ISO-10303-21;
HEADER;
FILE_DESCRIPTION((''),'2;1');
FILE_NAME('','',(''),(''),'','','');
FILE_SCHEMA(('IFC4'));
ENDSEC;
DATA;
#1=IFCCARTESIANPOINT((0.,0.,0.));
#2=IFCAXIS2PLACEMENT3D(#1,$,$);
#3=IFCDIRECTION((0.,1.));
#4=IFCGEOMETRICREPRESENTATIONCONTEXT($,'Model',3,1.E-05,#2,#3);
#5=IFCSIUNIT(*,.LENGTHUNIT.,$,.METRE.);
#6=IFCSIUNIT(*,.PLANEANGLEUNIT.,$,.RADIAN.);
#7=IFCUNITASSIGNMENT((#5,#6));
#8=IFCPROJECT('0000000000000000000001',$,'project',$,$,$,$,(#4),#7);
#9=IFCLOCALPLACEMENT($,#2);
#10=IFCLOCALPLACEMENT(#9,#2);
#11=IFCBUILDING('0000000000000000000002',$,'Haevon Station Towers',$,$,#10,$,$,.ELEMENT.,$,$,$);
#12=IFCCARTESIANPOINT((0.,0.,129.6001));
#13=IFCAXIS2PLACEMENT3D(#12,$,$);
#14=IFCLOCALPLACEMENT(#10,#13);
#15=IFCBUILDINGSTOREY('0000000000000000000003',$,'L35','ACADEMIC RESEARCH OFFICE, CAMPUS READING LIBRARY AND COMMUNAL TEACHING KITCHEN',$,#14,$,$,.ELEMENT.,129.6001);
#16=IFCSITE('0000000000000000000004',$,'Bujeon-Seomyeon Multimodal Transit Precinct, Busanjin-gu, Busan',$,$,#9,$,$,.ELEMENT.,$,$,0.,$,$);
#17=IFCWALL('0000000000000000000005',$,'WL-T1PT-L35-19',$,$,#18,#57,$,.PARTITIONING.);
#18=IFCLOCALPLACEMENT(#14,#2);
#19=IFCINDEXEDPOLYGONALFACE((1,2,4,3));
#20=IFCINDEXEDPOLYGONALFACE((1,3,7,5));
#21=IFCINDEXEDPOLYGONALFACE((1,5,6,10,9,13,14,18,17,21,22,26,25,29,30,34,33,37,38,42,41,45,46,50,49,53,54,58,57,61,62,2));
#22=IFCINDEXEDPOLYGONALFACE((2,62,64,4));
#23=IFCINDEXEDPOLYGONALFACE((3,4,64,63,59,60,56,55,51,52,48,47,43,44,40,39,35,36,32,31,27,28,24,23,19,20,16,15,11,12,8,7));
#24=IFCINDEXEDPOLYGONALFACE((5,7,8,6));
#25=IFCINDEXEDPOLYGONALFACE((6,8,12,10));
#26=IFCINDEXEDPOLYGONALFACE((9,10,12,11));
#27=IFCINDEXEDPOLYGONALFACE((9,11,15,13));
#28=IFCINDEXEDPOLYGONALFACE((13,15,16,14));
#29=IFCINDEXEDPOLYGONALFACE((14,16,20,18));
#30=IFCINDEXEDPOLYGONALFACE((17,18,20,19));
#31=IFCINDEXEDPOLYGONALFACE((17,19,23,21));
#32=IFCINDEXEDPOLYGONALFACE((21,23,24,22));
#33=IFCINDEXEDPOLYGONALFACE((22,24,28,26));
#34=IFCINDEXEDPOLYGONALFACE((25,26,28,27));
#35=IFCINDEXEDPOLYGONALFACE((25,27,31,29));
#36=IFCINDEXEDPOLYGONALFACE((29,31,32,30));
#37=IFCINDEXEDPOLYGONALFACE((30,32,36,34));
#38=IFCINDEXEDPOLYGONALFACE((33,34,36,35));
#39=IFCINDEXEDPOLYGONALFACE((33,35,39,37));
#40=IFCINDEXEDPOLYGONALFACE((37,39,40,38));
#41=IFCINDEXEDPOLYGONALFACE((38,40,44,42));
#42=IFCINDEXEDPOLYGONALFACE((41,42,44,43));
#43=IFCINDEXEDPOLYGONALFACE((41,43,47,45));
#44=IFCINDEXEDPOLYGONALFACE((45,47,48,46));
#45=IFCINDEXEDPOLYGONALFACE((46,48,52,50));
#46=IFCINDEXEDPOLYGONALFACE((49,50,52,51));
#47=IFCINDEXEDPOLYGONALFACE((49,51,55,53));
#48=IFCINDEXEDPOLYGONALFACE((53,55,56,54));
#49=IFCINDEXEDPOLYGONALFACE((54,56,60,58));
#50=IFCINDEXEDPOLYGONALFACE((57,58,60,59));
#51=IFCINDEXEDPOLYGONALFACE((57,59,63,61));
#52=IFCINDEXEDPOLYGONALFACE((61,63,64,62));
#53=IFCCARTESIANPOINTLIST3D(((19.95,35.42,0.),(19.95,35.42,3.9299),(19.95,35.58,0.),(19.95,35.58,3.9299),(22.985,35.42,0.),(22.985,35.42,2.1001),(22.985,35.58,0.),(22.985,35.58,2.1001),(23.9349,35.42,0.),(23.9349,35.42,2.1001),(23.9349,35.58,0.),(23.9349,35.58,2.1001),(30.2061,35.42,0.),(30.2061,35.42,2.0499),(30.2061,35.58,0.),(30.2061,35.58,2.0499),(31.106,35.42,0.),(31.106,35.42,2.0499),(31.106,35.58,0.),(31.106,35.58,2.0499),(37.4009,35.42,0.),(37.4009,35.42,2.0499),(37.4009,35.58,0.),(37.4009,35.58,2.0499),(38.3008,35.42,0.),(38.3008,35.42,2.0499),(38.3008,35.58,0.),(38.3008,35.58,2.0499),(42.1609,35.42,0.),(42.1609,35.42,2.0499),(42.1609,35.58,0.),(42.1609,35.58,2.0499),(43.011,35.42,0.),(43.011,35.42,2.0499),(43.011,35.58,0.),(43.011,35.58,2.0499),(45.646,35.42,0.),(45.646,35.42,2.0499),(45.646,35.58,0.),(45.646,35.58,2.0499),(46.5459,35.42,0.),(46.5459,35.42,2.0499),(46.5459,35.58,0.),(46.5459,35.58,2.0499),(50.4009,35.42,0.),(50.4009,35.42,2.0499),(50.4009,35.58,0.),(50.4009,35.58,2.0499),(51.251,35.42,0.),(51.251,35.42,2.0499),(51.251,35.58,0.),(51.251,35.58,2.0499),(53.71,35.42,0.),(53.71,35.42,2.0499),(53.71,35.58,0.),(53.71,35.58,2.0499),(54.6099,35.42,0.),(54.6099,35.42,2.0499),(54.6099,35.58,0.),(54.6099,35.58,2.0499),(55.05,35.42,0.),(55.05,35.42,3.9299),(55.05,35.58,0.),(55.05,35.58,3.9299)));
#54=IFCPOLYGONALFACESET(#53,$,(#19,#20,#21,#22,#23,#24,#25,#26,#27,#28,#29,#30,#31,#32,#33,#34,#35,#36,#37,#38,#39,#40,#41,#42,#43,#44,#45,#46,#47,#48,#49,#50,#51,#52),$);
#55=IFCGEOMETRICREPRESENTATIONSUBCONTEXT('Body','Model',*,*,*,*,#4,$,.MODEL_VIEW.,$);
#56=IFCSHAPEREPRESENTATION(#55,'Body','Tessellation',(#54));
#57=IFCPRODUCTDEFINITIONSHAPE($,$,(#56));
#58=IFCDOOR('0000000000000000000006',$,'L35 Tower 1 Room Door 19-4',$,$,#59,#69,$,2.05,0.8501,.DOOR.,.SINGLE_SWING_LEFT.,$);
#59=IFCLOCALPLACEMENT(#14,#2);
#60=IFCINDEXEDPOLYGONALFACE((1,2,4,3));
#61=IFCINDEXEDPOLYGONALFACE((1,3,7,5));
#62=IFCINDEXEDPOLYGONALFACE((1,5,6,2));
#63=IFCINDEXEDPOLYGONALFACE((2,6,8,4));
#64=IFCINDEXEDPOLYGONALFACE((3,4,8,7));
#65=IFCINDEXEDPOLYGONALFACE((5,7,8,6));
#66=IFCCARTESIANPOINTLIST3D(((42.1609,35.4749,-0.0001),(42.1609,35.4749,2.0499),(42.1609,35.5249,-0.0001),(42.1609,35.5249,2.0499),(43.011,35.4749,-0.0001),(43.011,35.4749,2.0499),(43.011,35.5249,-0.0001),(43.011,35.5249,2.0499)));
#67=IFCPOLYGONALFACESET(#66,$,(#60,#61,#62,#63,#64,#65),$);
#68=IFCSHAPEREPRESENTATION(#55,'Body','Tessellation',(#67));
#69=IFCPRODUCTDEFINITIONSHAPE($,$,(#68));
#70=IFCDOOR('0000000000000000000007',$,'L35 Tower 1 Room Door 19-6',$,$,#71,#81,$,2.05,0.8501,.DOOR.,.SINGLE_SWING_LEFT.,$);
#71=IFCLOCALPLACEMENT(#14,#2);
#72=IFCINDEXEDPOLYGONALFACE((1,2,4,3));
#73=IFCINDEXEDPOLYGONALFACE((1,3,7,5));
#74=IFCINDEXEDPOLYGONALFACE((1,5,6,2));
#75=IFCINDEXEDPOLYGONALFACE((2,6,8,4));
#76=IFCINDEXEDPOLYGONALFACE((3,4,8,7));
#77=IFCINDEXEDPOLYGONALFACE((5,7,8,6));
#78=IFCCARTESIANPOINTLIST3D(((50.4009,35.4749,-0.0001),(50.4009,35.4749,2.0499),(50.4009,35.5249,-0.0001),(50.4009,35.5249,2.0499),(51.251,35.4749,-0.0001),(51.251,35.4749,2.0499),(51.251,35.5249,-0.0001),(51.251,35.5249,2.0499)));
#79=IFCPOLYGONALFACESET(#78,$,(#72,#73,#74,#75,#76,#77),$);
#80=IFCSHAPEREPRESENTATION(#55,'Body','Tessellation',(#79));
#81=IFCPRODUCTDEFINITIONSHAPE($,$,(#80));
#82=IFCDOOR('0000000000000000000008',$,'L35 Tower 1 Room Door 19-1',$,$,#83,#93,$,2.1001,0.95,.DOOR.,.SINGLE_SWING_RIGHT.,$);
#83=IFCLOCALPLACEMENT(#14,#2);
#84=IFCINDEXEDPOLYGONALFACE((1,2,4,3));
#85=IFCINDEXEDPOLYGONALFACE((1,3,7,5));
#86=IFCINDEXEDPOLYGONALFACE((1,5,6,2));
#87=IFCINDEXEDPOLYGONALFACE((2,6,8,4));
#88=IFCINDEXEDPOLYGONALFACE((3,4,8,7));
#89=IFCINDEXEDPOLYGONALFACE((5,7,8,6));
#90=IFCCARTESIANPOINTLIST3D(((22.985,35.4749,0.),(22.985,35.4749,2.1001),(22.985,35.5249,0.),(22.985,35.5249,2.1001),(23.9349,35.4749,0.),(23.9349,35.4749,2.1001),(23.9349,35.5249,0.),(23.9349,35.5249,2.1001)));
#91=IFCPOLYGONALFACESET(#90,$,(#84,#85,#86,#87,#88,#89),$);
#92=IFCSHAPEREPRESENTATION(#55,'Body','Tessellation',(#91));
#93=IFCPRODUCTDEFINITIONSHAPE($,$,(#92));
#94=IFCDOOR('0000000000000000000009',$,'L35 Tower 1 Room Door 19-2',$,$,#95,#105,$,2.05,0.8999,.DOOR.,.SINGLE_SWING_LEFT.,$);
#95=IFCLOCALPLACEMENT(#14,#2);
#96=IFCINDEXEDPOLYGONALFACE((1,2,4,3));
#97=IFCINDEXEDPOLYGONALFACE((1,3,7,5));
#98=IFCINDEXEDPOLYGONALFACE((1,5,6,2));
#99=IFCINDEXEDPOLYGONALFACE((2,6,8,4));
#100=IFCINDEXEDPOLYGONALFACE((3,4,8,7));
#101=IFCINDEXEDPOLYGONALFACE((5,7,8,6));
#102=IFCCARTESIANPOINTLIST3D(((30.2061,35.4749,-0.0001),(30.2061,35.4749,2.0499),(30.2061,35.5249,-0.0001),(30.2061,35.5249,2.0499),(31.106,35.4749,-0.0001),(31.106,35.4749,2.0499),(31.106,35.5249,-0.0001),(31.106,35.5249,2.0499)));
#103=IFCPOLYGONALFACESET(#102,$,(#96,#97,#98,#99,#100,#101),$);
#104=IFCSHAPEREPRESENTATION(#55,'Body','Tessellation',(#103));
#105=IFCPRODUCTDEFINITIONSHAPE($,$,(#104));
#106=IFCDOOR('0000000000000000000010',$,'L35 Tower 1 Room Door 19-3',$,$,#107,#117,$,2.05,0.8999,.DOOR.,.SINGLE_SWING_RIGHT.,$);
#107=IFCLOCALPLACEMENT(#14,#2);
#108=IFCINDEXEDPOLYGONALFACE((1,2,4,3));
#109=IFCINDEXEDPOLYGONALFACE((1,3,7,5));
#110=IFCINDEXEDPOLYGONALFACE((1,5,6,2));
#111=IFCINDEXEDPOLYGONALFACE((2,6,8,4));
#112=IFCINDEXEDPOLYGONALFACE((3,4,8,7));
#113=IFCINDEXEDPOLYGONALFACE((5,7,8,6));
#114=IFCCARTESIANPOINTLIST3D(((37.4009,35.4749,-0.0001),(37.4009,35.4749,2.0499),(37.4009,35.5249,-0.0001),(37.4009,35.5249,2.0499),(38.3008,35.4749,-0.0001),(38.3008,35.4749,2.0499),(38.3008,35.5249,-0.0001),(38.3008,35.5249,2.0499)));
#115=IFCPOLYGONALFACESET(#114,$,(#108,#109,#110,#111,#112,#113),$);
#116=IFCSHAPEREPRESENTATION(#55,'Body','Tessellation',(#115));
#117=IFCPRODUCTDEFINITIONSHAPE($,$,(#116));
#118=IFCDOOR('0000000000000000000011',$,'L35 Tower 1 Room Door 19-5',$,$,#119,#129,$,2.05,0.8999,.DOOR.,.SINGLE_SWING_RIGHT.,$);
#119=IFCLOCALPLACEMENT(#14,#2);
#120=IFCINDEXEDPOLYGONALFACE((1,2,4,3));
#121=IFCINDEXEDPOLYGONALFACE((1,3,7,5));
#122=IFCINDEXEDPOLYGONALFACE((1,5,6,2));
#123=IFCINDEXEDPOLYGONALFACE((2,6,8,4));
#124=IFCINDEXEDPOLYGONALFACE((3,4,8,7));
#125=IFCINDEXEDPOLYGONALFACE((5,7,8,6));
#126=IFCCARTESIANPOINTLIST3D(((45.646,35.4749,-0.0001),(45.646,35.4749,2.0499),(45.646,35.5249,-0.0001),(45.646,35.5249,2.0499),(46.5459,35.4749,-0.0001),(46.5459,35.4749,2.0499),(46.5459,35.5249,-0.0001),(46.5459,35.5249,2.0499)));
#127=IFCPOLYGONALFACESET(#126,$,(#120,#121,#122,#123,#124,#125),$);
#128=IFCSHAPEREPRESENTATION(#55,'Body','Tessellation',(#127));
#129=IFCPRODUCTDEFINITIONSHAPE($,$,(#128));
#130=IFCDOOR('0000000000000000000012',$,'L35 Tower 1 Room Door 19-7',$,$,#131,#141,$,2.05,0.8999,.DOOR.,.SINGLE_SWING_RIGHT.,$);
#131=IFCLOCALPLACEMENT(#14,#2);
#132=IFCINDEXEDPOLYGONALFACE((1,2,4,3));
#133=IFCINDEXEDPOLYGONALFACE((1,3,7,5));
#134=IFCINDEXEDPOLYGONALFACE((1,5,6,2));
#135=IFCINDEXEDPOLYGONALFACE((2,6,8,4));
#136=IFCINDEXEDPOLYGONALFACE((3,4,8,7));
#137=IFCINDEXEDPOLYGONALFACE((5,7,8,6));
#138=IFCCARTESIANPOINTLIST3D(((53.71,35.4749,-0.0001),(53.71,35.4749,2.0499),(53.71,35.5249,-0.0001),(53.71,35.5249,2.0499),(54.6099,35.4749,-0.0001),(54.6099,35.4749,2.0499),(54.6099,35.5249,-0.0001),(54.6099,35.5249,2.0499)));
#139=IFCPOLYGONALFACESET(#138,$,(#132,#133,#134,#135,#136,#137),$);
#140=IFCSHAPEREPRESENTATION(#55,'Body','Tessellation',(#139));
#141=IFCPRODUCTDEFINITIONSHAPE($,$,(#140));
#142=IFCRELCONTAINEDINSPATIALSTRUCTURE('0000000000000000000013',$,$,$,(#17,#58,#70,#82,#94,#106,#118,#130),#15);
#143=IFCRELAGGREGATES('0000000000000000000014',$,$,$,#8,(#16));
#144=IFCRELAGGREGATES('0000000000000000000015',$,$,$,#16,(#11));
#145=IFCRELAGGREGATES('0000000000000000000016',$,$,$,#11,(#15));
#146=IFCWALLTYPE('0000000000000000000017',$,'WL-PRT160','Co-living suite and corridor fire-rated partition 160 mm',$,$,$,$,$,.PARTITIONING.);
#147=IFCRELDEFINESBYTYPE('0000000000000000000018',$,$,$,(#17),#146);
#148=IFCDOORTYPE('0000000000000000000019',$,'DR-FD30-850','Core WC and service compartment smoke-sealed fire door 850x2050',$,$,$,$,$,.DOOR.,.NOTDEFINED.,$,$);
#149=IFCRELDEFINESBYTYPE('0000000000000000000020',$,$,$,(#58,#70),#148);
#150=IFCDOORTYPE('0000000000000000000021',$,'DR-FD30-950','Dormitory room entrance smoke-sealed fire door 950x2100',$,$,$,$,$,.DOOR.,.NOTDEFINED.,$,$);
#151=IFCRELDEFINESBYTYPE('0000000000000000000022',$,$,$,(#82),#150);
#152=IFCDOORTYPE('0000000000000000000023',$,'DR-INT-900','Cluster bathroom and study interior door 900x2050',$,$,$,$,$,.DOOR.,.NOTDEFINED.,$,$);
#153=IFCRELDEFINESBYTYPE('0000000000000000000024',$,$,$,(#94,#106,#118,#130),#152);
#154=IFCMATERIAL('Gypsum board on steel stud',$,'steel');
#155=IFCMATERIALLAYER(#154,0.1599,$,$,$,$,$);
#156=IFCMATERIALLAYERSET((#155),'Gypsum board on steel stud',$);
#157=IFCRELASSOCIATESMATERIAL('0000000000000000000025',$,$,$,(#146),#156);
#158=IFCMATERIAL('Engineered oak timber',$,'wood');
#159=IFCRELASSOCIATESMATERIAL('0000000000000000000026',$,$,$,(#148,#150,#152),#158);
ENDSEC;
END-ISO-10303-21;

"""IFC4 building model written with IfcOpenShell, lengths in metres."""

from ifc_helpers import new_model, si_unit, direction, frame, frame_2d, origin, place, context, subcontext, project, spatial, rectangle, extrude, material, layer, layer_set, type_object, element, fill, save


model = new_model("IFC4")

# Units and contexts
model_context = context("Model", 3, precision=1e-05, world=origin(), true_north=direction((0.0, 1.0)))
body_context = subcontext(model_context, "Body", "Model", "MODEL_VIEW")
ifc_project = project(units=[si_unit("LENGTHUNIT", "METRE"), si_unit("PLANEANGLEUNIT", "RADIAN")], contexts=[model_context])

# Site, building, storey
site_placement = place(None, origin())
site = spatial("IfcSite", under=ifc_project, at=site_placement, Name="Bujeon-Seomyeon Multimodal Transit Precinct, Busanjin-gu, Busan", CompositionType="ELEMENT", RefElevation=0.0)
building_placement = place(site_placement, origin())
building = spatial("IfcBuilding", under=site, at=building_placement, Name="Haevon Station Towers", CompositionType="ELEMENT")
storey_placement = place(building_placement, frame((0.0, 0.0, 129.6001)))
storey = spatial("IfcBuildingStorey", under=building, at=storey_placement, Name="L35", Description="ACADEMIC RESEARCH OFFICE, CAMPUS READING LIBRARY AND COMMUNAL TEACHING KITCHEN", CompositionType="ELEMENT", Elevation=129.6001)

# Shared definitions
ifc_material_1 = material(Name="Gypsum board on steel stud", Category="steel")
ifc_material_2 = material(Name="Engineered oak timber", Category="wood")

# Shared definitions
ifc_layer_1 = layer(ifc_material_1, 0.1599)
ifc_layer_set_1 = layer_set([ifc_layer_1], Name="Gypsum board on steel stud")
wall_type_1 = type_object("IfcWallType", Name="WL-PRT160", Description="Co-living suite and corridor fire-rated partition 160 mm", PredefinedType="PARTITIONING", material=ifc_layer_set_1)

# Wall, openings, doors
wall_1_placement = place(storey_placement, frame((19.95, 35.5, 0.0), z_axis=(0.0, 0.0, 1.0), x_axis=(1.0, 0.0, 0.0)))
wall_1 = element("IfcWall", 1, at=wall_1_placement, inside=storey, type_object=wall_type_1, Name="WL-T1PT-L35-19", PredefinedType="PARTITIONING", context=body_context, shape_type="SweptSolid", body=[
    extrude(rectangle(XDim=35.1001, YDim=0.1599, at=frame_2d((17.55, 0.0))), origin(), (0.0, 0.0, 1.0), 3.9299),
])
opening_1_placement = place(wall_1_placement, frame((3.0349, 0.0, 0.0)))
opening_1 = element("IfcOpeningElement", 2, at=opening_1_placement, cuts=wall_1, PredefinedType="OPENING", context=body_context, shape_type="SweptSolid", body=[
    extrude(rectangle(XDim=0.95, YDim=2.1001, at=frame_2d((0.4751, 1.05))), frame((0.0, 0.0898, 0.0), z_axis=(0.0, -1.0, 0.0), x_axis=(1.0, 0.0, 0.0)), (0.0, 0.0, 1.0), 0.1799),
])
opening_2_placement = place(wall_1_placement, frame((10.2561, 0.0, 0.0)))
opening_2 = element("IfcOpeningElement", 3, at=opening_2_placement, cuts=wall_1, PredefinedType="OPENING", context=body_context, shape_type="SweptSolid", body=[
    extrude(rectangle(XDim=0.8999, YDim=2.05, at=frame_2d((0.45, 1.0249))), frame((0.0, 0.0898, 0.0), z_axis=(0.0, -1.0, 0.0), x_axis=(1.0, 0.0, 0.0)), (0.0, 0.0, 1.0), 0.1799),
])
opening_3_placement = place(wall_1_placement, frame((17.4509, 0.0, 0.0)))
opening_3 = element("IfcOpeningElement", 4, at=opening_3_placement, cuts=wall_1, PredefinedType="OPENING", context=body_context, shape_type="SweptSolid", body=[
    extrude(rectangle(XDim=0.8999, YDim=2.05, at=frame_2d((0.45, 1.0249))), frame((0.0, 0.0898, 0.0), z_axis=(0.0, -1.0, 0.0), x_axis=(1.0, 0.0, 0.0)), (0.0, 0.0, 1.0), 0.1799),
])
opening_4_placement = place(wall_1_placement, frame((22.2109, 0.0, 0.0)))
opening_4 = element("IfcOpeningElement", 5, at=opening_4_placement, cuts=wall_1, PredefinedType="OPENING", context=body_context, shape_type="SweptSolid", body=[
    extrude(rectangle(XDim=0.8501, YDim=2.05, at=frame_2d((0.425, 1.0249))), frame((0.0, 0.0898, 0.0), z_axis=(0.0, -1.0, 0.0), x_axis=(1.0, 0.0, 0.0)), (0.0, 0.0, 1.0), 0.1799),
])
opening_5_placement = place(wall_1_placement, frame((25.696, 0.0, 0.0)))
opening_5 = element("IfcOpeningElement", 6, at=opening_5_placement, cuts=wall_1, PredefinedType="OPENING", context=body_context, shape_type="SweptSolid", body=[
    extrude(rectangle(XDim=0.8999, YDim=2.05, at=frame_2d((0.45, 1.0249))), frame((0.0, 0.0898, 0.0), z_axis=(0.0, -1.0, 0.0), x_axis=(1.0, 0.0, 0.0)), (0.0, 0.0, 1.0), 0.1799),
])
opening_6_placement = place(wall_1_placement, frame((30.4509, 0.0, 0.0)))
opening_6 = element("IfcOpeningElement", 7, at=opening_6_placement, cuts=wall_1, PredefinedType="OPENING", context=body_context, shape_type="SweptSolid", body=[
    extrude(rectangle(XDim=0.8501, YDim=2.05, at=frame_2d((0.425, 1.0249))), frame((0.0, 0.0898, 0.0), z_axis=(0.0, -1.0, 0.0), x_axis=(1.0, 0.0, 0.0)), (0.0, 0.0, 1.0), 0.1799),
])
opening_7_placement = place(wall_1_placement, frame((33.76, 0.0, 0.0)))
opening_7 = element("IfcOpeningElement", 8, at=opening_7_placement, cuts=wall_1, PredefinedType="OPENING", context=body_context, shape_type="SweptSolid", body=[
    extrude(rectangle(XDim=0.8999, YDim=2.05, at=frame_2d((0.45, 1.0249))), frame((0.0, 0.0898, 0.0), z_axis=(0.0, -1.0, 0.0), x_axis=(1.0, 0.0, 0.0)), (0.0, 0.0, 1.0), 0.1799),
])
door_type_1 = type_object("IfcDoorType", Name="DR-FD30-850", Description="Core WC and service compartment smoke-sealed fire door 850x2050", OperationType="NOTDEFINED", PredefinedType="DOOR", material=ifc_material_2)
door_1_placement = place(opening_4_placement, origin())
door_1 = element("IfcDoor", 9, at=door_1_placement, inside=storey, type_object=door_type_1, Name="L35 Tower 1 Room Door 19-4", OperationType="SINGLE_SWING_LEFT", OverallHeight=2.05, OverallWidth=0.8501, PredefinedType="DOOR", context=body_context, shape_type="SweptSolid", body=[
    extrude(rectangle(XDim=0.8501, YDim=2.05, at=frame_2d((0.425, 1.0249))), frame((0.0, 0.0249, 0.0), z_axis=(0.0, -1.0, 0.0), x_axis=(1.0, 0.0, 0.0)), (0.0, 0.0, 1.0), 0.05),
])
fill(opening_4, door_1)
door_2_placement = place(opening_6_placement, origin())
door_2 = element("IfcDoor", 10, at=door_2_placement, inside=storey, type_object=door_type_1, Name="L35 Tower 1 Room Door 19-6", OperationType="SINGLE_SWING_LEFT", OverallHeight=2.05, OverallWidth=0.8501, PredefinedType="DOOR", context=body_context, shape_type="SweptSolid", body=[
    extrude(rectangle(XDim=0.8501, YDim=2.05, at=frame_2d((0.425, 1.0249))), frame((0.0, 0.0249, 0.0), z_axis=(0.0, -1.0, 0.0), x_axis=(1.0, 0.0, 0.0)), (0.0, 0.0, 1.0), 0.05),
])
fill(opening_6, door_2)
door_type_2 = type_object("IfcDoorType", Name="DR-FD30-950", Description="Dormitory room entrance smoke-sealed fire door 950x2100", OperationType="NOTDEFINED", PredefinedType="DOOR", material=ifc_material_2)
door_3_placement = place(opening_1_placement, origin())
door_3 = element("IfcDoor", 11, at=door_3_placement, inside=storey, type_object=door_type_2, Name="L35 Tower 1 Room Door 19-1", OperationType="SINGLE_SWING_RIGHT", OverallHeight=2.1001, OverallWidth=0.95, PredefinedType="DOOR", context=body_context, shape_type="SweptSolid", body=[
    extrude(rectangle(XDim=0.95, YDim=2.1001, at=frame_2d((0.4751, 1.05))), frame((0.0, 0.0249, 0.0), z_axis=(0.0, -1.0, 0.0), x_axis=(1.0, 0.0, 0.0)), (0.0, 0.0, 1.0), 0.05),
])
fill(opening_1, door_3)
door_type_3 = type_object("IfcDoorType", Name="DR-INT-900", Description="Cluster bathroom and study interior door 900x2050", OperationType="NOTDEFINED", PredefinedType="DOOR", material=ifc_material_2)
door_4_placement = place(opening_2_placement, origin())
door_4 = element("IfcDoor", 12, at=door_4_placement, inside=storey, type_object=door_type_3, Name="L35 Tower 1 Room Door 19-2", OperationType="SINGLE_SWING_LEFT", OverallHeight=2.05, OverallWidth=0.8999, PredefinedType="DOOR", context=body_context, shape_type="SweptSolid", body=[
    extrude(rectangle(XDim=0.8999, YDim=2.05, at=frame_2d((0.45, 1.0249))), frame((0.0, 0.0249, 0.0), z_axis=(0.0, -1.0, 0.0), x_axis=(1.0, 0.0, 0.0)), (0.0, 0.0, 1.0), 0.05),
])
fill(opening_2, door_4)
door_5_placement = place(opening_3_placement, origin())
door_5 = element("IfcDoor", 13, at=door_5_placement, inside=storey, type_object=door_type_3, Name="L35 Tower 1 Room Door 19-3", OperationType="SINGLE_SWING_RIGHT", OverallHeight=2.05, OverallWidth=0.8999, PredefinedType="DOOR", context=body_context, shape_type="SweptSolid", body=[
    extrude(rectangle(XDim=0.8999, YDim=2.05, at=frame_2d((0.45, 1.0249))), frame((0.0, 0.0249, 0.0), z_axis=(0.0, -1.0, 0.0), x_axis=(1.0, 0.0, 0.0)), (0.0, 0.0, 1.0), 0.05),
])
fill(opening_3, door_5)
door_6_placement = place(opening_5_placement, origin())
door_6 = element("IfcDoor", 14, at=door_6_placement, inside=storey, type_object=door_type_3, Name="L35 Tower 1 Room Door 19-5", OperationType="SINGLE_SWING_RIGHT", OverallHeight=2.05, OverallWidth=0.8999, PredefinedType="DOOR", context=body_context, shape_type="SweptSolid", body=[
    extrude(rectangle(XDim=0.8999, YDim=2.05, at=frame_2d((0.45, 1.0249))), frame((0.0, 0.0249, 0.0), z_axis=(0.0, -1.0, 0.0), x_axis=(1.0, 0.0, 0.0)), (0.0, 0.0, 1.0), 0.05),
])
fill(opening_5, door_6)
door_7_placement = place(opening_7_placement, origin())
door_7 = element("IfcDoor", 15, at=door_7_placement, inside=storey, type_object=door_type_3, Name="L35 Tower 1 Room Door 19-7", OperationType="SINGLE_SWING_RIGHT", OverallHeight=2.05, OverallWidth=0.8999, PredefinedType="DOOR", context=body_context, shape_type="SweptSolid", body=[
    extrude(rectangle(XDim=0.8999, YDim=2.05, at=frame_2d((0.45, 1.0249))), frame((0.0, 0.0249, 0.0), z_axis=(0.0, -1.0, 0.0), x_axis=(1.0, 0.0, 0.0)), (0.0, 0.0, 1.0), 0.05),
])
fill(opening_7, door_7)

save(model, "model.ifc")
